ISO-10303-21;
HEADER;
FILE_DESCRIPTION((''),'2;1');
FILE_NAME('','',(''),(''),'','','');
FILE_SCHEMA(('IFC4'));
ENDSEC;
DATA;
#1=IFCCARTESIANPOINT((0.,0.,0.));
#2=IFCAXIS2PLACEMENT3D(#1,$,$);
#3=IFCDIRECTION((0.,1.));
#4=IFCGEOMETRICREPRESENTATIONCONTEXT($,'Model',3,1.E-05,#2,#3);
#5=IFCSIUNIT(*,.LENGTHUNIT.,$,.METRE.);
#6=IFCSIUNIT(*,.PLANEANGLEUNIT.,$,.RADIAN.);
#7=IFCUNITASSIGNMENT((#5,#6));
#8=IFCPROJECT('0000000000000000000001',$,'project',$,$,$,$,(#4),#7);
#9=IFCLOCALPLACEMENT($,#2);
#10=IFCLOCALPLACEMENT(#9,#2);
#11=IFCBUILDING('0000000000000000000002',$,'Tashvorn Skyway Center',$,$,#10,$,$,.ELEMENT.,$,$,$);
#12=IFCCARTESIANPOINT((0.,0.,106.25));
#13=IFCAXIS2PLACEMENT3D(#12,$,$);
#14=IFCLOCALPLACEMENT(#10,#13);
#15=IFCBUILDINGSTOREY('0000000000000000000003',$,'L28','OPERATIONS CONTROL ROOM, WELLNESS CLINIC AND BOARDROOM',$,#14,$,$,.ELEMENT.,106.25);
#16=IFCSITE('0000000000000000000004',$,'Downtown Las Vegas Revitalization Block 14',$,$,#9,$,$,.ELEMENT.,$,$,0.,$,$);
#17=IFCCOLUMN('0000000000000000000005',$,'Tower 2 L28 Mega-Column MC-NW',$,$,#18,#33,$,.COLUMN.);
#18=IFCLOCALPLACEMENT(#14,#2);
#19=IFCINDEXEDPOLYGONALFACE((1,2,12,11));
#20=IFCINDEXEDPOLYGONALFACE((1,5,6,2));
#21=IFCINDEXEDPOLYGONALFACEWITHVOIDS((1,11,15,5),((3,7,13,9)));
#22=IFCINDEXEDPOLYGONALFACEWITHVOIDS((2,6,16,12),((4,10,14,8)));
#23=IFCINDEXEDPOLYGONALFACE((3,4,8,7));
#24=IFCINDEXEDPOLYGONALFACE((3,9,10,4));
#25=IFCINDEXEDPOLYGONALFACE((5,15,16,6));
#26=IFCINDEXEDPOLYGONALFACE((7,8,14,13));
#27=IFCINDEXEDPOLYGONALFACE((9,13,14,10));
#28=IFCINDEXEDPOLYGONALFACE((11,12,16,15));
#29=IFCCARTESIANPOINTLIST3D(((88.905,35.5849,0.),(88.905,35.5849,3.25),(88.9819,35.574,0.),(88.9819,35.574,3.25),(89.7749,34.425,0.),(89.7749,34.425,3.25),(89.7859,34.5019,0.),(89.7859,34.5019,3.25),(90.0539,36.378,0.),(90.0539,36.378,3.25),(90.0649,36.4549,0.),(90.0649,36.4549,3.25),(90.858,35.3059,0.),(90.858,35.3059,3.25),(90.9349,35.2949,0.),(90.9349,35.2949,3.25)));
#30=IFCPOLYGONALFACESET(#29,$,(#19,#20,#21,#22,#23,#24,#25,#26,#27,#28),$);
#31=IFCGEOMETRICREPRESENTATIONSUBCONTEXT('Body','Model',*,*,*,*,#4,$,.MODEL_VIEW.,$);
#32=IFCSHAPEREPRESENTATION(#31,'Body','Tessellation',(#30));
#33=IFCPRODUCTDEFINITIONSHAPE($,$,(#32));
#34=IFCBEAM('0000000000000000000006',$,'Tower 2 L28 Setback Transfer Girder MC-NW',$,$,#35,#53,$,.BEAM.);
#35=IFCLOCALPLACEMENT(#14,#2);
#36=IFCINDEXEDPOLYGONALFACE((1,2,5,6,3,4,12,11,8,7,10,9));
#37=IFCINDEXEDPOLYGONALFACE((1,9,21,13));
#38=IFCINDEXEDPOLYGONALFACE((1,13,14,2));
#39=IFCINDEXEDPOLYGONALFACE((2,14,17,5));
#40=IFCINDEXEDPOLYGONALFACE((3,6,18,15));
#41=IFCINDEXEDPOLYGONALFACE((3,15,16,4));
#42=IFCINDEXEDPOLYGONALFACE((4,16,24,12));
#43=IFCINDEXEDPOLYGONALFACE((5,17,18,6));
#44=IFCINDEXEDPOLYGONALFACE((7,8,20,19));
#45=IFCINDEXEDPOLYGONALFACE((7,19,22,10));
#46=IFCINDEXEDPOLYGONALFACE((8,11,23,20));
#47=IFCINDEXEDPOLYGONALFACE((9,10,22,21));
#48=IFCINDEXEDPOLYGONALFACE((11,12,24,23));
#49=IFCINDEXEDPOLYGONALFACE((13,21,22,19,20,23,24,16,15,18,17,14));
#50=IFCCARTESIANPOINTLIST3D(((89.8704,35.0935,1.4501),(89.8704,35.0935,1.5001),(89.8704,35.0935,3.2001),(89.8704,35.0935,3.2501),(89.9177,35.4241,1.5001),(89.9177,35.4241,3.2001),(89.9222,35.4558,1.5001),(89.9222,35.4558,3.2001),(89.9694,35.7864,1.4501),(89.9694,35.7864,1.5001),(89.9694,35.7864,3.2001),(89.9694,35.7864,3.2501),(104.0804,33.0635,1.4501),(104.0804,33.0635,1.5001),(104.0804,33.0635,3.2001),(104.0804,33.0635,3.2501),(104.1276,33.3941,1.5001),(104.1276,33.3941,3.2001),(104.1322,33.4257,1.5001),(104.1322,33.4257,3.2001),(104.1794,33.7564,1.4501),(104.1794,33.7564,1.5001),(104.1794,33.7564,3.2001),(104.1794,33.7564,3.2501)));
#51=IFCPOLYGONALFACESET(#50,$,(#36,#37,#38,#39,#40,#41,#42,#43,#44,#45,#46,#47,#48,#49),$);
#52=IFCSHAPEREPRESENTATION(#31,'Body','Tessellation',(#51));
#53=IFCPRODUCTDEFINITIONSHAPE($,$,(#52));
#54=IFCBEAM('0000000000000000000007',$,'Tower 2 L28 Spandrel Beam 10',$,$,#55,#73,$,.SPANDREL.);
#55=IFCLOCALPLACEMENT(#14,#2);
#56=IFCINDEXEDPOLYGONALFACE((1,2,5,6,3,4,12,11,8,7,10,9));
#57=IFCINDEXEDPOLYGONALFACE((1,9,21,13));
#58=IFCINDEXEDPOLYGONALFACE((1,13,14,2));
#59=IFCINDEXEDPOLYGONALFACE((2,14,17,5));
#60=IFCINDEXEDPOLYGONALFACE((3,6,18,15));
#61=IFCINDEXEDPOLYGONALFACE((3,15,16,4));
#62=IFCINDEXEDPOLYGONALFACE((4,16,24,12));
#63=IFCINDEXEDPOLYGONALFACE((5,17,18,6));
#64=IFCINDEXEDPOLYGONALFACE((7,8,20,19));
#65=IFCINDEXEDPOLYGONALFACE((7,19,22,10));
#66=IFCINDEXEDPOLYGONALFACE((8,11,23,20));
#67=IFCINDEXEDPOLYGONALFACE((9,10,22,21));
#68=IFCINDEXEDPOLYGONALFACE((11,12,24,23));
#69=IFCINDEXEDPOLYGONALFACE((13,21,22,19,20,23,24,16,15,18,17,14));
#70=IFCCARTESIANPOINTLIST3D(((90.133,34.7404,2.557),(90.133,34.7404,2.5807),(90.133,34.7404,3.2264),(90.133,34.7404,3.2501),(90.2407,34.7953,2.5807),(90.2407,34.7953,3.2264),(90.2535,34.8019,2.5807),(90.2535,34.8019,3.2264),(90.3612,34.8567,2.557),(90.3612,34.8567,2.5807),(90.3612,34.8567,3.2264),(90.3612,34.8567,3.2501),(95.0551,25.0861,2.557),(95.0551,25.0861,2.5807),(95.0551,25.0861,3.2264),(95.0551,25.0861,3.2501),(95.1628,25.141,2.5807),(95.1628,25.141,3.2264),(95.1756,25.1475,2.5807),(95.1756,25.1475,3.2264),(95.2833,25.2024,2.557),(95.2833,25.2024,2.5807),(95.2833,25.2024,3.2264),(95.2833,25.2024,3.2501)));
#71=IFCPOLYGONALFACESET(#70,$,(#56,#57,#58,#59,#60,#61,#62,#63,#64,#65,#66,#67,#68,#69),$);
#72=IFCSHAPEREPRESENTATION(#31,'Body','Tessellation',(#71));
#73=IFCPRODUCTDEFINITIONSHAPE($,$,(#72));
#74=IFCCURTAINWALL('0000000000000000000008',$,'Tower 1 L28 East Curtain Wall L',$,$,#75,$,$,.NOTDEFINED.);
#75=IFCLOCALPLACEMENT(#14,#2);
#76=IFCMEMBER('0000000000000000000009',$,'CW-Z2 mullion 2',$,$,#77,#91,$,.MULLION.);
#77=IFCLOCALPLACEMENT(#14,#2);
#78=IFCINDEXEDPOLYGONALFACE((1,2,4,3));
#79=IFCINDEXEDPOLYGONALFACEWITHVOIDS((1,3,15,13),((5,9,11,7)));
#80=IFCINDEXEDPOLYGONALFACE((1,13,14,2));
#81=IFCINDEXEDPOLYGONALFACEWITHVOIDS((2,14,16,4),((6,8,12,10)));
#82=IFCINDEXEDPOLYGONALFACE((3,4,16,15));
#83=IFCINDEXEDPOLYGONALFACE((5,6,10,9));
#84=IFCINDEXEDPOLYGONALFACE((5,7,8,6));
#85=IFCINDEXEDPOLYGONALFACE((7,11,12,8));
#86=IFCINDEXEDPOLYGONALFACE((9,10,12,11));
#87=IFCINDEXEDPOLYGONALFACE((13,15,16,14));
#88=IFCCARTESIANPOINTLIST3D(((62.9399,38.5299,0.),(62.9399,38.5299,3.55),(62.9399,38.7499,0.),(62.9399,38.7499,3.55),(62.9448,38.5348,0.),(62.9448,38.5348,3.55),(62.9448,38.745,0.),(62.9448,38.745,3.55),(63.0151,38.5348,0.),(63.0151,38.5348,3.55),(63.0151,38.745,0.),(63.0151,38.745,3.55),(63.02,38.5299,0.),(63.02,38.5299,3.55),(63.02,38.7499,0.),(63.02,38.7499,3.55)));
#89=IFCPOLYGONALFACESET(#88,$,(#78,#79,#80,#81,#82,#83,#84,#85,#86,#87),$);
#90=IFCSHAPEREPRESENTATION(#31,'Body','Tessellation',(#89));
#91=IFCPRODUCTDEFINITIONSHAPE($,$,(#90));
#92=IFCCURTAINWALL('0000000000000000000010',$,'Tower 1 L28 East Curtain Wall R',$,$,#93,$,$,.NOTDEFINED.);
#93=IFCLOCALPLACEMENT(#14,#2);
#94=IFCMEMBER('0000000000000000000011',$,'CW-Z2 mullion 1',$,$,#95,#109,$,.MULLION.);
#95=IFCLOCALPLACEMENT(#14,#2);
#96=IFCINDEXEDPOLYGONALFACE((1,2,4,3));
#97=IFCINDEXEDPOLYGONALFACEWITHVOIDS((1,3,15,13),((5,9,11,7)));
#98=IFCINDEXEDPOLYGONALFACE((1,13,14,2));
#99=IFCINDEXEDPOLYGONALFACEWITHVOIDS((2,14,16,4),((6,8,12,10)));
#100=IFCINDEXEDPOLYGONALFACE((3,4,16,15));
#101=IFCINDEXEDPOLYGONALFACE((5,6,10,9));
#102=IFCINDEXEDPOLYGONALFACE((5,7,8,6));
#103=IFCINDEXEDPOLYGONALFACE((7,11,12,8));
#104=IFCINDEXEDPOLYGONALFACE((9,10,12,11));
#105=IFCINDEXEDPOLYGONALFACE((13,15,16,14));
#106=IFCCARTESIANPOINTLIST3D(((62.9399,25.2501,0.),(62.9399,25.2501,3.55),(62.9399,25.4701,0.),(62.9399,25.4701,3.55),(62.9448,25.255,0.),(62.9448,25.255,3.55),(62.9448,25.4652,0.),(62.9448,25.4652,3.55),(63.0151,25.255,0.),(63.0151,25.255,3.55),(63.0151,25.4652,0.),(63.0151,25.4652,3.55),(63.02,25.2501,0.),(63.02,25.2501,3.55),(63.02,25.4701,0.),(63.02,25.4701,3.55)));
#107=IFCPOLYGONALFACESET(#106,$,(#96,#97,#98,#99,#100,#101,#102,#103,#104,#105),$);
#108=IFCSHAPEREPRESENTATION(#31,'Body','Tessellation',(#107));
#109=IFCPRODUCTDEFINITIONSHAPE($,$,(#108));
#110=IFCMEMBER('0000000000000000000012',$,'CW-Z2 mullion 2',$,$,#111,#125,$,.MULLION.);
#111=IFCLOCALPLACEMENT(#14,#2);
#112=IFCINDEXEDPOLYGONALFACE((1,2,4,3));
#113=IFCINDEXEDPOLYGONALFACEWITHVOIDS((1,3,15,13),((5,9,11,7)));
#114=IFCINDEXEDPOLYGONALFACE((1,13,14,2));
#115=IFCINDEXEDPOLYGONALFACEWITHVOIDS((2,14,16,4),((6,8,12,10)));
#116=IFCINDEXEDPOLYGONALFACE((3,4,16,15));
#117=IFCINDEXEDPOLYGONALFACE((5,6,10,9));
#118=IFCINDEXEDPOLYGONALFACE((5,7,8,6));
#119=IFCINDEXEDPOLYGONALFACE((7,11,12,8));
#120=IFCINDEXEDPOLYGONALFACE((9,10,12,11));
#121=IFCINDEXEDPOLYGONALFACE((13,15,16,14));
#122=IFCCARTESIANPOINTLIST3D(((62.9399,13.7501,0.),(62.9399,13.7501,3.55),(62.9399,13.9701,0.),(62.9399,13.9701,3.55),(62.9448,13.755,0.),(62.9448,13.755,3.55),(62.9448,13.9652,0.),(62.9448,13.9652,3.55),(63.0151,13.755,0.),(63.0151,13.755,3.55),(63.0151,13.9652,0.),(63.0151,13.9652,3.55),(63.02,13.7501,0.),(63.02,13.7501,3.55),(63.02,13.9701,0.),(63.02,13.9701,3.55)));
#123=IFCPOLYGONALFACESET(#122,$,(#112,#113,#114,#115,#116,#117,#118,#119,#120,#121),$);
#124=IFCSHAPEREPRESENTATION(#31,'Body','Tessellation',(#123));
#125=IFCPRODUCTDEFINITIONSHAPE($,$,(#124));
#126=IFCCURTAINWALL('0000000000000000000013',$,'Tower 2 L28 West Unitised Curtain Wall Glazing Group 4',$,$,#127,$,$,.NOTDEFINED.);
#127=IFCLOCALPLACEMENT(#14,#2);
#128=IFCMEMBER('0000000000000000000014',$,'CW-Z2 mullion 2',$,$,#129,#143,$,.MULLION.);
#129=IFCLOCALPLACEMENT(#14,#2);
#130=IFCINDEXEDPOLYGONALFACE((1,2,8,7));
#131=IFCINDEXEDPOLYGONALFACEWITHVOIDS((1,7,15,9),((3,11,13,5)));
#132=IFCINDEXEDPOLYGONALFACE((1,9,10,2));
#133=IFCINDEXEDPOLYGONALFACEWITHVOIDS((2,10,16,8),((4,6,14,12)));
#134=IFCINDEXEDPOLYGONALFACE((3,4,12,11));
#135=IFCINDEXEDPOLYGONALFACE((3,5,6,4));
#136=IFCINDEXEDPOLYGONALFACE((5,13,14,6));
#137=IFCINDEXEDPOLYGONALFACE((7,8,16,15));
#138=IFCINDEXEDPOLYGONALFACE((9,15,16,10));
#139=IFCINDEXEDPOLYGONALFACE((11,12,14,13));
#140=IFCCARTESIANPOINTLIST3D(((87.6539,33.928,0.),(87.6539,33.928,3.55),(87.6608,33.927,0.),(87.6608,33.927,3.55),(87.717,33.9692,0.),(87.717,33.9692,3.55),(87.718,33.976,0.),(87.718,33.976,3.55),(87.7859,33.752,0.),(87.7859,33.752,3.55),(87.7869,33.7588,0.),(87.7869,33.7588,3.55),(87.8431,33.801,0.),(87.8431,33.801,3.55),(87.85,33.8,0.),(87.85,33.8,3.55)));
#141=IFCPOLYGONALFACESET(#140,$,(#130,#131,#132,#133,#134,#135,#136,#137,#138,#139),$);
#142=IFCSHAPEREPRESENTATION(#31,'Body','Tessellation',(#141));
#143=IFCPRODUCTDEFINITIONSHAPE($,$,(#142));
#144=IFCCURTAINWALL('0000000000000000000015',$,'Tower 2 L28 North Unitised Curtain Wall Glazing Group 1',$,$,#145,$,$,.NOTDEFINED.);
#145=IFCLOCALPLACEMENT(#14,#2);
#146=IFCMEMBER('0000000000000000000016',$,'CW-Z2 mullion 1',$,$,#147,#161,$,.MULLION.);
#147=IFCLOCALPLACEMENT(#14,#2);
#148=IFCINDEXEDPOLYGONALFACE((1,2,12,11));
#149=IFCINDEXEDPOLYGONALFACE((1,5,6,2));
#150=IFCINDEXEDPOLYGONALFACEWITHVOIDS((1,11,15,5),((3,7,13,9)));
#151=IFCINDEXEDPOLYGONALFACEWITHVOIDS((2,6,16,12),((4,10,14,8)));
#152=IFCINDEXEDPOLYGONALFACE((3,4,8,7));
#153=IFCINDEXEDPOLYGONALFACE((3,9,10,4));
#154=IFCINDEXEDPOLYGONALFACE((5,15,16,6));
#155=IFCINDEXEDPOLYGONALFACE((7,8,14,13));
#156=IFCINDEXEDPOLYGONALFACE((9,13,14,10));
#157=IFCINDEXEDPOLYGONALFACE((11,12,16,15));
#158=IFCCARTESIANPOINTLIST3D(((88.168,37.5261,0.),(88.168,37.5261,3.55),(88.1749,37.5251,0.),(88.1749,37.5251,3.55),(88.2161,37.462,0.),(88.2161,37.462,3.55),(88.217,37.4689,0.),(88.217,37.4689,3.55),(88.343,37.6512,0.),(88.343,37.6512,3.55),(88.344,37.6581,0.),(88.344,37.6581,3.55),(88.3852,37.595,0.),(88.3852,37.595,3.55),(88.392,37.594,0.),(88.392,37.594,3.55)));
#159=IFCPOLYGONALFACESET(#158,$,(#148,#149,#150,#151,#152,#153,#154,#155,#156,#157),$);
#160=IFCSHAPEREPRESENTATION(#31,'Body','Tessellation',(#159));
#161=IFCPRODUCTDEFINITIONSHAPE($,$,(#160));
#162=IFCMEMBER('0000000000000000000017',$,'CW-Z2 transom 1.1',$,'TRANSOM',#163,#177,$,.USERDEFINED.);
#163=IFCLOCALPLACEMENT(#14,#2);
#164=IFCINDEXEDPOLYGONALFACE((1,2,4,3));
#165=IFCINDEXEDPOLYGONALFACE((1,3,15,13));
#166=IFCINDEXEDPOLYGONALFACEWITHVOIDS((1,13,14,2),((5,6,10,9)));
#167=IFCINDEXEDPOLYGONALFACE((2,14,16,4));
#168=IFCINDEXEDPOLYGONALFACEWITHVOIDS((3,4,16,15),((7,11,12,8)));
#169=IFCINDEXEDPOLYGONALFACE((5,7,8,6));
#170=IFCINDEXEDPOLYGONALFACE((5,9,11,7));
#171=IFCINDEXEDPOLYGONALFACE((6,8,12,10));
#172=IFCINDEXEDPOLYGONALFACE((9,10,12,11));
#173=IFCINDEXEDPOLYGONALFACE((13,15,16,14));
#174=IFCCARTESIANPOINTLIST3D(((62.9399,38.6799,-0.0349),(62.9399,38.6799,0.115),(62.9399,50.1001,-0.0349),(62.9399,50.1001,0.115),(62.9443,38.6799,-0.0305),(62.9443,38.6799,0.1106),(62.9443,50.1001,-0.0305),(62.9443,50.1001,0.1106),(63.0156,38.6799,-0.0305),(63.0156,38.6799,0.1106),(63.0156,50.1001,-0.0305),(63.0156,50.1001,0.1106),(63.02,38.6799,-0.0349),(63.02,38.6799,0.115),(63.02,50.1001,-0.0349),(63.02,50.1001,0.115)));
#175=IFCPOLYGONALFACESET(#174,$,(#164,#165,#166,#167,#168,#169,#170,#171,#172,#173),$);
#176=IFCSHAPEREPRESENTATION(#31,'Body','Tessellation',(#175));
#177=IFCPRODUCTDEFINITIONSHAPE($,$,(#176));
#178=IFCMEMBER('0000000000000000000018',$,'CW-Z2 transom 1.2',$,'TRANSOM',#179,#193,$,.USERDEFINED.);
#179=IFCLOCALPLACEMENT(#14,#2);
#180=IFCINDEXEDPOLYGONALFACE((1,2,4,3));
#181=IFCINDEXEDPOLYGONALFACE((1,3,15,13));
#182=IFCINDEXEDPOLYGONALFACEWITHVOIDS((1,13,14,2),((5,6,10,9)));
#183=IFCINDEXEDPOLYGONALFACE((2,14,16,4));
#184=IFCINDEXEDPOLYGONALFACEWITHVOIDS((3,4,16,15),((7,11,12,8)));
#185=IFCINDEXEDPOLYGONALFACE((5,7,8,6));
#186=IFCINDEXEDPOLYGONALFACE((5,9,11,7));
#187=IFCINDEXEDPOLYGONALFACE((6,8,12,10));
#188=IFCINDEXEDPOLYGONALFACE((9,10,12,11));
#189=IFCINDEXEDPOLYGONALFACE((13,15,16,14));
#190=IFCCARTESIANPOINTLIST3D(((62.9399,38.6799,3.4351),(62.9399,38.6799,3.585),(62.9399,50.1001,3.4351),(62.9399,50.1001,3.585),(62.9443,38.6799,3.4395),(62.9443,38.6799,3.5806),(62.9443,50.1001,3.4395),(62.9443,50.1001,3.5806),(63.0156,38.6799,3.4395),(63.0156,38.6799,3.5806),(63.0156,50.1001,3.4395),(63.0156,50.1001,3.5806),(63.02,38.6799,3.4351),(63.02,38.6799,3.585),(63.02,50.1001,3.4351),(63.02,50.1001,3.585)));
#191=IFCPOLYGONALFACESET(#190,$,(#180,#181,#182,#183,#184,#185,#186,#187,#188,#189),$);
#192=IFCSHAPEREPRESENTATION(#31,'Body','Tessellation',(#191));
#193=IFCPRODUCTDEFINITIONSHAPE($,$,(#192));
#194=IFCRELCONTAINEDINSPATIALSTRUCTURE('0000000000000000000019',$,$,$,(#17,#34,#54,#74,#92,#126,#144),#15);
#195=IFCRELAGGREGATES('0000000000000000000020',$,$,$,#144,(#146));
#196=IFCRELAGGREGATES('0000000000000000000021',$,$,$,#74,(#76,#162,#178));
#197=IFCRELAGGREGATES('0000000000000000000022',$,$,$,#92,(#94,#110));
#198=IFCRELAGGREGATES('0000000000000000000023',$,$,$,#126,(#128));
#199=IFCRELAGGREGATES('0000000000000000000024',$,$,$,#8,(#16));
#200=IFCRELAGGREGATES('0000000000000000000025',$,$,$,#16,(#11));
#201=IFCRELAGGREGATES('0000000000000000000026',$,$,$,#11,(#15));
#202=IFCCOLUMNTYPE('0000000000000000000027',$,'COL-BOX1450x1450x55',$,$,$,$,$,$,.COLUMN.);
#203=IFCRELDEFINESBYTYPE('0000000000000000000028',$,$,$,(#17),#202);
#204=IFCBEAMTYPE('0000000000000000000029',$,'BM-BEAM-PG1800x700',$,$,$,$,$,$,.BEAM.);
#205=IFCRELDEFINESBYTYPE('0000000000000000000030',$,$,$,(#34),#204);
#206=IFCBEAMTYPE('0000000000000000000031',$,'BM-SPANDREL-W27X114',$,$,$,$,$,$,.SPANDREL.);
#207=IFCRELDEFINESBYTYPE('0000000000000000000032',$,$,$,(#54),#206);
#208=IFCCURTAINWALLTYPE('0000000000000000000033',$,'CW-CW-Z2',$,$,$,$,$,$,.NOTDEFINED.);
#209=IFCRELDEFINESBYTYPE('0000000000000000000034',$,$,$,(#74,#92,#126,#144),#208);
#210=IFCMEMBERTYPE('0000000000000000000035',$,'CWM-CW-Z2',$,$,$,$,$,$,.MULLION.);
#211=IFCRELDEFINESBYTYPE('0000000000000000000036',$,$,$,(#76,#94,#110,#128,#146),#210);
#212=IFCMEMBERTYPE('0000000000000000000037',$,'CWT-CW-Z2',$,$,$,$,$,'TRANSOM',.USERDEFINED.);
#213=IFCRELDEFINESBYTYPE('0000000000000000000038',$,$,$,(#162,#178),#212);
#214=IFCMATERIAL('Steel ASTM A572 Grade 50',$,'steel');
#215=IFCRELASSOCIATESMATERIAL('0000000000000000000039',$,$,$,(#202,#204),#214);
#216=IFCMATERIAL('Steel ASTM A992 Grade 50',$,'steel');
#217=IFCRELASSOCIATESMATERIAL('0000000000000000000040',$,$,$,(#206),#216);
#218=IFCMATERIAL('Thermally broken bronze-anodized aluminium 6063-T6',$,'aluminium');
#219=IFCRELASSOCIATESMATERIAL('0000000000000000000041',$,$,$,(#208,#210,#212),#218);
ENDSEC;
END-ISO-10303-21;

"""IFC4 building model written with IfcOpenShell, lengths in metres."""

from ifc_helpers import new_model, si_unit, direction, frame, origin, origin_2d, place, context, subcontext, project, spatial, hollow_rectangle, i_section, extrude, material, material_profile, profile_set, type_object, element, aggregate, save


model = new_model("IFC4")

# Units and contexts
model_context = context("Model", 3, precision=1e-05, world=origin(), true_north=direction((0.0, 1.0)))
body_context = subcontext(model_context, "Body", "Model", "MODEL_VIEW")
ifc_project = project(units=[si_unit("LENGTHUNIT", "METRE"), si_unit("PLANEANGLEUNIT", "RADIAN")], contexts=[model_context])

# Site, building, storey
site_placement = place(None, origin())
site = spatial("IfcSite", under=ifc_project, at=site_placement, Name="Downtown Las Vegas Revitalization Block 14", CompositionType="ELEMENT", RefElevation=0.0)
building_placement = place(site_placement, origin())
building = spatial("IfcBuilding", under=site, at=building_placement, Name="Tashvorn Skyway Center", CompositionType="ELEMENT")
storey_placement = place(building_placement, frame((0.0, 0.0, 106.25)))
storey = spatial("IfcBuildingStorey", under=building, at=storey_placement, Name="L28", Description="OPERATIONS CONTROL ROOM, WELLNESS CLINIC AND BOARDROOM", CompositionType="ELEMENT", Elevation=106.25)

# Column
ifc_material_1 = material(Name="Steel ASTM A572 Grade 50", Category="steel")
ifc_material_profile_1 = material_profile(ifc_material_1, hollow_rectangle(XDim=1.45, YDim=1.45, WallThickness=0.0549, at=origin_2d()), Name="BOX1450x1450x55")
ifc_profile_set_1 = profile_set([ifc_material_profile_1], Name="Steel ASTM A572 Grade 50")
column_type = type_object("IfcColumnType", Name="COL-BOX1450x1450x55", PredefinedType="COLUMN", material=ifc_profile_set_1)
column_placement = place(storey_placement, frame((89.9199, 35.4399, 0.0), z_axis=(0.0, 0.0, 1.0), x_axis=(0.8, 0.6, 0.0)))
element("IfcColumn", 1, at=column_placement, inside=storey, type_object=column_type, Name="Tower 2 L28 Mega-Column MC-NW", PredefinedType="COLUMN", context=body_context, shape_type="SweptSolid", body=[
    extrude(hollow_rectangle(XDim=1.45, YDim=1.45, WallThickness=0.0549, at=origin_2d()), origin(), (0.0, 0.0, 1.0), 3.25),
])

# Beams
ifc_material_profile_2 = material_profile(ifc_material_1, i_section(OverallWidth=0.7, OverallDepth=1.8, WebThickness=0.032, FlangeThickness=0.05, at=origin_2d()), Name="PG1800x700")
ifc_profile_set_2 = profile_set([ifc_material_profile_2], Name="Steel ASTM A572 Grade 50")
beam_type_1 = type_object("IfcBeamType", Name="BM-BEAM-PG1800x700", PredefinedType="BEAM", material=ifc_profile_set_2)
beam_1_placement = place(storey_placement, frame((89.9199, 35.4399, 2.3501), z_axis=(0.989949, -0.141424, 0.0), x_axis=(0.141424, 0.989949, 0.0)))
element("IfcBeam", 2, at=beam_1_placement, inside=storey, type_object=beam_type_1, Name="Tower 2 L28 Setback Transfer Girder MC-NW", PredefinedType="BEAM", context=body_context, shape_type="SweptSolid", body=[
    extrude(i_section(OverallWidth=0.7, OverallDepth=1.8, WebThickness=0.032, FlangeThickness=0.05, at=origin_2d()), origin(), (0.0, 0.0, 1.0), 14.3542),
])
ifc_material_2 = material(Name="Steel ASTM A992 Grade 50", Category="steel")
ifc_material_profile_3 = material_profile(ifc_material_2, i_section(OverallWidth=0.2561, OverallDepth=0.6931, WebThickness=0.0144, FlangeThickness=0.0237, at=origin_2d()), Name="W27X114")
ifc_profile_set_3 = profile_set([ifc_material_profile_3], Name="Steel ASTM A992 Grade 50")
beam_type_2 = type_object("IfcBeamType", Name="BM-SPANDREL-W27X114", PredefinedType="SPANDREL", material=ifc_profile_set_3)
beam_2_placement = place(storey_placement, frame((90.2471, 34.7986, 2.9036), z_axis=(0.454211, -0.890894, 0.0), x_axis=(0.890894, 0.454211, 0.0)))
element("IfcBeam", 3, at=beam_2_placement, inside=storey, type_object=beam_type_2, Name="Tower 2 L28 Spandrel Beam 10", PredefinedType="SPANDREL", context=body_context, shape_type="SweptSolid", body=[
    extrude(i_section(OverallWidth=0.2561, OverallDepth=0.6931, WebThickness=0.0144, FlangeThickness=0.0237, at=origin_2d()), origin(), (0.0, 0.0, 1.0), 10.8367),
])

# Curtain wall, member
ifc_material_3 = material(Name="Thermally broken bronze-anodized aluminium 6063-T6", Category="aluminium")
curtain_wall_type = type_object("IfcCurtainWallType", Name="CW-CW-Z2", PredefinedType="NOTDEFINED", material=ifc_material_3)
curtain_wall_1_placement = place(storey_placement, origin())
curtain_wall_1 = element("IfcCurtainWall", 4, at=curtain_wall_1_placement, inside=storey, type_object=curtain_wall_type, Name="Tower 1 L28 East Curtain Wall L", PredefinedType="NOTDEFINED")
ifc_material_profile_4 = material_profile(ifc_material_3, hollow_rectangle(XDim=0.0801, YDim=0.22, WallThickness=0.0049, at=origin_2d()), Name="ALU-MULL-80x220")
ifc_profile_set_4 = profile_set([ifc_material_profile_4], Name="Thermally broken bronze-anodized aluminium 6063-T6")
member_type_1 = type_object("IfcMemberType", Name="CWM-CW-Z2", PredefinedType="MULLION", material=ifc_profile_set_4)
member_1_placement = place(storey_placement, frame((62.98, 38.6399, 0.0), z_axis=(0.0, 0.0, 1.0), x_axis=(1.0, 0.0, 0.0)))
member_1 = element("IfcMember", 5, at=member_1_placement, type_object=member_type_1, Name="CW-Z2 mullion 2", PredefinedType="MULLION", context=body_context, shape_type="SweptSolid", body=[
    extrude(hollow_rectangle(XDim=0.0801, YDim=0.22, WallThickness=0.0049, at=origin_2d()), origin(), (0.0, 0.0, 1.0), 3.55),
])

# Curtain wall, members
curtain_wall_2_placement = place(storey_placement, origin())
curtain_wall_2 = element("IfcCurtainWall", 6, at=curtain_wall_2_placement, inside=storey, type_object=curtain_wall_type, Name="Tower 1 L28 East Curtain Wall R", PredefinedType="NOTDEFINED")
member_2_placement = place(storey_placement, frame((62.98, 25.3601, 0.0), z_axis=(0.0, 0.0, 1.0), x_axis=(1.0, 0.0, 0.0)))
member_2 = element("IfcMember", 7, at=member_2_placement, type_object=member_type_1, Name="CW-Z2 mullion 1", PredefinedType="MULLION", context=body_context, shape_type="SweptSolid", body=[
    extrude(hollow_rectangle(XDim=0.0801, YDim=0.22, WallThickness=0.0049, at=origin_2d()), origin(), (0.0, 0.0, 1.0), 3.55),
])
member_3_placement = place(storey_placement, frame((62.98, 13.8601, 0.0), z_axis=(0.0, 0.0, 1.0), x_axis=(1.0, 0.0, 0.0)))
member_3 = element("IfcMember", 8, at=member_3_placement, type_object=member_type_1, Name="CW-Z2 mullion 2", PredefinedType="MULLION", context=body_context, shape_type="SweptSolid", body=[
    extrude(hollow_rectangle(XDim=0.0801, YDim=0.22, WallThickness=0.0049, at=origin_2d()), origin(), (0.0, 0.0, 1.0), 3.55),
])

# Curtain walls, members
curtain_wall_3_placement = place(storey_placement, origin())
curtain_wall_3 = element("IfcCurtainWall", 9, at=curtain_wall_3_placement, inside=storey, type_object=curtain_wall_type, Name="Tower 2 L28 West Unitised Curtain Wall Glazing Group 4", PredefinedType="NOTDEFINED")
member_4_placement = place(storey_placement, frame((87.752, 33.864, 0.0), z_axis=(0.0, 0.0, 1.0), x_axis=(-0.8, -0.6, 0.0)))
member_4 = element("IfcMember", 10, at=member_4_placement, type_object=member_type_1, Name="CW-Z2 mullion 2", PredefinedType="MULLION", context=body_context, shape_type="SweptSolid", body=[
    extrude(hollow_rectangle(XDim=0.0801, YDim=0.22, WallThickness=0.0049, at=origin_2d()), origin(), (0.0, 0.0, 1.0), 3.55),
])
curtain_wall_4_placement = place(storey_placement, origin())
curtain_wall_4 = element("IfcCurtainWall", 11, at=curtain_wall_4_placement, inside=storey, type_object=curtain_wall_type, Name="Tower 2 L28 North Unitised Curtain Wall Glazing Group 1", PredefinedType="NOTDEFINED")
member_5_placement = place(storey_placement, frame((88.28, 37.5601, 0.0), z_axis=(0.0, 0.0, 1.0), x_axis=(-0.6, 0.8, 0.0)))
member_5 = element("IfcMember", 12, at=member_5_placement, type_object=member_type_1, Name="CW-Z2 mullion 1", PredefinedType="MULLION", context=body_context, shape_type="SweptSolid", body=[
    extrude(hollow_rectangle(XDim=0.0801, YDim=0.22, WallThickness=0.0049, at=origin_2d()), origin(), (0.0, 0.0, 1.0), 3.55),
])

# Members
ifc_material_profile_5 = material_profile(ifc_material_3, hollow_rectangle(XDim=0.0801, YDim=0.1499, WallThickness=0.0044, at=origin_2d()), Name="ALU-TRAN-80x150")
ifc_profile_set_5 = profile_set([ifc_material_profile_5], Name="Thermally broken bronze-anodized aluminium 6063-T6")
member_type_2 = type_object("IfcMemberType", Name="CWT-CW-Z2", ElementType="TRANSOM", PredefinedType="USERDEFINED", material=ifc_profile_set_5)
member_6_placement = place(storey_placement, frame((62.98, 50.1001, 0.04), z_axis=(0.0, -1.0, 0.0), x_axis=(1.0, 0.0, 0.0)))
member_6 = element("IfcMember", 13, at=member_6_placement, type_object=member_type_2, Name="CW-Z2 transom 1.1", ObjectType="TRANSOM", PredefinedType="USERDEFINED", context=body_context, shape_type="SweptSolid", body=[
    extrude(hollow_rectangle(XDim=0.0801, YDim=0.1499, WallThickness=0.0044, at=origin_2d()), origin(), (0.0, 0.0, 1.0), 11.4202),
])
member_7_placement = place(storey_placement, frame((62.98, 50.1001, 3.51), z_axis=(0.0, -1.0, 0.0), x_axis=(1.0, 0.0, 0.0)))
member_7 = element("IfcMember", 14, at=member_7_placement, type_object=member_type_2, Name="CW-Z2 transom 1.2", ObjectType="TRANSOM", PredefinedType="USERDEFINED", context=body_context, shape_type="SweptSolid", body=[
    extrude(hollow_rectangle(XDim=0.0801, YDim=0.1499, WallThickness=0.0044, at=origin_2d()), origin(), (0.0, 0.0, 1.0), 11.4202),
])
aggregate(curtain_wall_4, [member_5])

aggregate(curtain_wall_1, [member_1, member_6, member_7])
aggregate(curtain_wall_2, [member_2, member_3])
aggregate(curtain_wall_3, [member_4])

save(model, "model.ifc")
